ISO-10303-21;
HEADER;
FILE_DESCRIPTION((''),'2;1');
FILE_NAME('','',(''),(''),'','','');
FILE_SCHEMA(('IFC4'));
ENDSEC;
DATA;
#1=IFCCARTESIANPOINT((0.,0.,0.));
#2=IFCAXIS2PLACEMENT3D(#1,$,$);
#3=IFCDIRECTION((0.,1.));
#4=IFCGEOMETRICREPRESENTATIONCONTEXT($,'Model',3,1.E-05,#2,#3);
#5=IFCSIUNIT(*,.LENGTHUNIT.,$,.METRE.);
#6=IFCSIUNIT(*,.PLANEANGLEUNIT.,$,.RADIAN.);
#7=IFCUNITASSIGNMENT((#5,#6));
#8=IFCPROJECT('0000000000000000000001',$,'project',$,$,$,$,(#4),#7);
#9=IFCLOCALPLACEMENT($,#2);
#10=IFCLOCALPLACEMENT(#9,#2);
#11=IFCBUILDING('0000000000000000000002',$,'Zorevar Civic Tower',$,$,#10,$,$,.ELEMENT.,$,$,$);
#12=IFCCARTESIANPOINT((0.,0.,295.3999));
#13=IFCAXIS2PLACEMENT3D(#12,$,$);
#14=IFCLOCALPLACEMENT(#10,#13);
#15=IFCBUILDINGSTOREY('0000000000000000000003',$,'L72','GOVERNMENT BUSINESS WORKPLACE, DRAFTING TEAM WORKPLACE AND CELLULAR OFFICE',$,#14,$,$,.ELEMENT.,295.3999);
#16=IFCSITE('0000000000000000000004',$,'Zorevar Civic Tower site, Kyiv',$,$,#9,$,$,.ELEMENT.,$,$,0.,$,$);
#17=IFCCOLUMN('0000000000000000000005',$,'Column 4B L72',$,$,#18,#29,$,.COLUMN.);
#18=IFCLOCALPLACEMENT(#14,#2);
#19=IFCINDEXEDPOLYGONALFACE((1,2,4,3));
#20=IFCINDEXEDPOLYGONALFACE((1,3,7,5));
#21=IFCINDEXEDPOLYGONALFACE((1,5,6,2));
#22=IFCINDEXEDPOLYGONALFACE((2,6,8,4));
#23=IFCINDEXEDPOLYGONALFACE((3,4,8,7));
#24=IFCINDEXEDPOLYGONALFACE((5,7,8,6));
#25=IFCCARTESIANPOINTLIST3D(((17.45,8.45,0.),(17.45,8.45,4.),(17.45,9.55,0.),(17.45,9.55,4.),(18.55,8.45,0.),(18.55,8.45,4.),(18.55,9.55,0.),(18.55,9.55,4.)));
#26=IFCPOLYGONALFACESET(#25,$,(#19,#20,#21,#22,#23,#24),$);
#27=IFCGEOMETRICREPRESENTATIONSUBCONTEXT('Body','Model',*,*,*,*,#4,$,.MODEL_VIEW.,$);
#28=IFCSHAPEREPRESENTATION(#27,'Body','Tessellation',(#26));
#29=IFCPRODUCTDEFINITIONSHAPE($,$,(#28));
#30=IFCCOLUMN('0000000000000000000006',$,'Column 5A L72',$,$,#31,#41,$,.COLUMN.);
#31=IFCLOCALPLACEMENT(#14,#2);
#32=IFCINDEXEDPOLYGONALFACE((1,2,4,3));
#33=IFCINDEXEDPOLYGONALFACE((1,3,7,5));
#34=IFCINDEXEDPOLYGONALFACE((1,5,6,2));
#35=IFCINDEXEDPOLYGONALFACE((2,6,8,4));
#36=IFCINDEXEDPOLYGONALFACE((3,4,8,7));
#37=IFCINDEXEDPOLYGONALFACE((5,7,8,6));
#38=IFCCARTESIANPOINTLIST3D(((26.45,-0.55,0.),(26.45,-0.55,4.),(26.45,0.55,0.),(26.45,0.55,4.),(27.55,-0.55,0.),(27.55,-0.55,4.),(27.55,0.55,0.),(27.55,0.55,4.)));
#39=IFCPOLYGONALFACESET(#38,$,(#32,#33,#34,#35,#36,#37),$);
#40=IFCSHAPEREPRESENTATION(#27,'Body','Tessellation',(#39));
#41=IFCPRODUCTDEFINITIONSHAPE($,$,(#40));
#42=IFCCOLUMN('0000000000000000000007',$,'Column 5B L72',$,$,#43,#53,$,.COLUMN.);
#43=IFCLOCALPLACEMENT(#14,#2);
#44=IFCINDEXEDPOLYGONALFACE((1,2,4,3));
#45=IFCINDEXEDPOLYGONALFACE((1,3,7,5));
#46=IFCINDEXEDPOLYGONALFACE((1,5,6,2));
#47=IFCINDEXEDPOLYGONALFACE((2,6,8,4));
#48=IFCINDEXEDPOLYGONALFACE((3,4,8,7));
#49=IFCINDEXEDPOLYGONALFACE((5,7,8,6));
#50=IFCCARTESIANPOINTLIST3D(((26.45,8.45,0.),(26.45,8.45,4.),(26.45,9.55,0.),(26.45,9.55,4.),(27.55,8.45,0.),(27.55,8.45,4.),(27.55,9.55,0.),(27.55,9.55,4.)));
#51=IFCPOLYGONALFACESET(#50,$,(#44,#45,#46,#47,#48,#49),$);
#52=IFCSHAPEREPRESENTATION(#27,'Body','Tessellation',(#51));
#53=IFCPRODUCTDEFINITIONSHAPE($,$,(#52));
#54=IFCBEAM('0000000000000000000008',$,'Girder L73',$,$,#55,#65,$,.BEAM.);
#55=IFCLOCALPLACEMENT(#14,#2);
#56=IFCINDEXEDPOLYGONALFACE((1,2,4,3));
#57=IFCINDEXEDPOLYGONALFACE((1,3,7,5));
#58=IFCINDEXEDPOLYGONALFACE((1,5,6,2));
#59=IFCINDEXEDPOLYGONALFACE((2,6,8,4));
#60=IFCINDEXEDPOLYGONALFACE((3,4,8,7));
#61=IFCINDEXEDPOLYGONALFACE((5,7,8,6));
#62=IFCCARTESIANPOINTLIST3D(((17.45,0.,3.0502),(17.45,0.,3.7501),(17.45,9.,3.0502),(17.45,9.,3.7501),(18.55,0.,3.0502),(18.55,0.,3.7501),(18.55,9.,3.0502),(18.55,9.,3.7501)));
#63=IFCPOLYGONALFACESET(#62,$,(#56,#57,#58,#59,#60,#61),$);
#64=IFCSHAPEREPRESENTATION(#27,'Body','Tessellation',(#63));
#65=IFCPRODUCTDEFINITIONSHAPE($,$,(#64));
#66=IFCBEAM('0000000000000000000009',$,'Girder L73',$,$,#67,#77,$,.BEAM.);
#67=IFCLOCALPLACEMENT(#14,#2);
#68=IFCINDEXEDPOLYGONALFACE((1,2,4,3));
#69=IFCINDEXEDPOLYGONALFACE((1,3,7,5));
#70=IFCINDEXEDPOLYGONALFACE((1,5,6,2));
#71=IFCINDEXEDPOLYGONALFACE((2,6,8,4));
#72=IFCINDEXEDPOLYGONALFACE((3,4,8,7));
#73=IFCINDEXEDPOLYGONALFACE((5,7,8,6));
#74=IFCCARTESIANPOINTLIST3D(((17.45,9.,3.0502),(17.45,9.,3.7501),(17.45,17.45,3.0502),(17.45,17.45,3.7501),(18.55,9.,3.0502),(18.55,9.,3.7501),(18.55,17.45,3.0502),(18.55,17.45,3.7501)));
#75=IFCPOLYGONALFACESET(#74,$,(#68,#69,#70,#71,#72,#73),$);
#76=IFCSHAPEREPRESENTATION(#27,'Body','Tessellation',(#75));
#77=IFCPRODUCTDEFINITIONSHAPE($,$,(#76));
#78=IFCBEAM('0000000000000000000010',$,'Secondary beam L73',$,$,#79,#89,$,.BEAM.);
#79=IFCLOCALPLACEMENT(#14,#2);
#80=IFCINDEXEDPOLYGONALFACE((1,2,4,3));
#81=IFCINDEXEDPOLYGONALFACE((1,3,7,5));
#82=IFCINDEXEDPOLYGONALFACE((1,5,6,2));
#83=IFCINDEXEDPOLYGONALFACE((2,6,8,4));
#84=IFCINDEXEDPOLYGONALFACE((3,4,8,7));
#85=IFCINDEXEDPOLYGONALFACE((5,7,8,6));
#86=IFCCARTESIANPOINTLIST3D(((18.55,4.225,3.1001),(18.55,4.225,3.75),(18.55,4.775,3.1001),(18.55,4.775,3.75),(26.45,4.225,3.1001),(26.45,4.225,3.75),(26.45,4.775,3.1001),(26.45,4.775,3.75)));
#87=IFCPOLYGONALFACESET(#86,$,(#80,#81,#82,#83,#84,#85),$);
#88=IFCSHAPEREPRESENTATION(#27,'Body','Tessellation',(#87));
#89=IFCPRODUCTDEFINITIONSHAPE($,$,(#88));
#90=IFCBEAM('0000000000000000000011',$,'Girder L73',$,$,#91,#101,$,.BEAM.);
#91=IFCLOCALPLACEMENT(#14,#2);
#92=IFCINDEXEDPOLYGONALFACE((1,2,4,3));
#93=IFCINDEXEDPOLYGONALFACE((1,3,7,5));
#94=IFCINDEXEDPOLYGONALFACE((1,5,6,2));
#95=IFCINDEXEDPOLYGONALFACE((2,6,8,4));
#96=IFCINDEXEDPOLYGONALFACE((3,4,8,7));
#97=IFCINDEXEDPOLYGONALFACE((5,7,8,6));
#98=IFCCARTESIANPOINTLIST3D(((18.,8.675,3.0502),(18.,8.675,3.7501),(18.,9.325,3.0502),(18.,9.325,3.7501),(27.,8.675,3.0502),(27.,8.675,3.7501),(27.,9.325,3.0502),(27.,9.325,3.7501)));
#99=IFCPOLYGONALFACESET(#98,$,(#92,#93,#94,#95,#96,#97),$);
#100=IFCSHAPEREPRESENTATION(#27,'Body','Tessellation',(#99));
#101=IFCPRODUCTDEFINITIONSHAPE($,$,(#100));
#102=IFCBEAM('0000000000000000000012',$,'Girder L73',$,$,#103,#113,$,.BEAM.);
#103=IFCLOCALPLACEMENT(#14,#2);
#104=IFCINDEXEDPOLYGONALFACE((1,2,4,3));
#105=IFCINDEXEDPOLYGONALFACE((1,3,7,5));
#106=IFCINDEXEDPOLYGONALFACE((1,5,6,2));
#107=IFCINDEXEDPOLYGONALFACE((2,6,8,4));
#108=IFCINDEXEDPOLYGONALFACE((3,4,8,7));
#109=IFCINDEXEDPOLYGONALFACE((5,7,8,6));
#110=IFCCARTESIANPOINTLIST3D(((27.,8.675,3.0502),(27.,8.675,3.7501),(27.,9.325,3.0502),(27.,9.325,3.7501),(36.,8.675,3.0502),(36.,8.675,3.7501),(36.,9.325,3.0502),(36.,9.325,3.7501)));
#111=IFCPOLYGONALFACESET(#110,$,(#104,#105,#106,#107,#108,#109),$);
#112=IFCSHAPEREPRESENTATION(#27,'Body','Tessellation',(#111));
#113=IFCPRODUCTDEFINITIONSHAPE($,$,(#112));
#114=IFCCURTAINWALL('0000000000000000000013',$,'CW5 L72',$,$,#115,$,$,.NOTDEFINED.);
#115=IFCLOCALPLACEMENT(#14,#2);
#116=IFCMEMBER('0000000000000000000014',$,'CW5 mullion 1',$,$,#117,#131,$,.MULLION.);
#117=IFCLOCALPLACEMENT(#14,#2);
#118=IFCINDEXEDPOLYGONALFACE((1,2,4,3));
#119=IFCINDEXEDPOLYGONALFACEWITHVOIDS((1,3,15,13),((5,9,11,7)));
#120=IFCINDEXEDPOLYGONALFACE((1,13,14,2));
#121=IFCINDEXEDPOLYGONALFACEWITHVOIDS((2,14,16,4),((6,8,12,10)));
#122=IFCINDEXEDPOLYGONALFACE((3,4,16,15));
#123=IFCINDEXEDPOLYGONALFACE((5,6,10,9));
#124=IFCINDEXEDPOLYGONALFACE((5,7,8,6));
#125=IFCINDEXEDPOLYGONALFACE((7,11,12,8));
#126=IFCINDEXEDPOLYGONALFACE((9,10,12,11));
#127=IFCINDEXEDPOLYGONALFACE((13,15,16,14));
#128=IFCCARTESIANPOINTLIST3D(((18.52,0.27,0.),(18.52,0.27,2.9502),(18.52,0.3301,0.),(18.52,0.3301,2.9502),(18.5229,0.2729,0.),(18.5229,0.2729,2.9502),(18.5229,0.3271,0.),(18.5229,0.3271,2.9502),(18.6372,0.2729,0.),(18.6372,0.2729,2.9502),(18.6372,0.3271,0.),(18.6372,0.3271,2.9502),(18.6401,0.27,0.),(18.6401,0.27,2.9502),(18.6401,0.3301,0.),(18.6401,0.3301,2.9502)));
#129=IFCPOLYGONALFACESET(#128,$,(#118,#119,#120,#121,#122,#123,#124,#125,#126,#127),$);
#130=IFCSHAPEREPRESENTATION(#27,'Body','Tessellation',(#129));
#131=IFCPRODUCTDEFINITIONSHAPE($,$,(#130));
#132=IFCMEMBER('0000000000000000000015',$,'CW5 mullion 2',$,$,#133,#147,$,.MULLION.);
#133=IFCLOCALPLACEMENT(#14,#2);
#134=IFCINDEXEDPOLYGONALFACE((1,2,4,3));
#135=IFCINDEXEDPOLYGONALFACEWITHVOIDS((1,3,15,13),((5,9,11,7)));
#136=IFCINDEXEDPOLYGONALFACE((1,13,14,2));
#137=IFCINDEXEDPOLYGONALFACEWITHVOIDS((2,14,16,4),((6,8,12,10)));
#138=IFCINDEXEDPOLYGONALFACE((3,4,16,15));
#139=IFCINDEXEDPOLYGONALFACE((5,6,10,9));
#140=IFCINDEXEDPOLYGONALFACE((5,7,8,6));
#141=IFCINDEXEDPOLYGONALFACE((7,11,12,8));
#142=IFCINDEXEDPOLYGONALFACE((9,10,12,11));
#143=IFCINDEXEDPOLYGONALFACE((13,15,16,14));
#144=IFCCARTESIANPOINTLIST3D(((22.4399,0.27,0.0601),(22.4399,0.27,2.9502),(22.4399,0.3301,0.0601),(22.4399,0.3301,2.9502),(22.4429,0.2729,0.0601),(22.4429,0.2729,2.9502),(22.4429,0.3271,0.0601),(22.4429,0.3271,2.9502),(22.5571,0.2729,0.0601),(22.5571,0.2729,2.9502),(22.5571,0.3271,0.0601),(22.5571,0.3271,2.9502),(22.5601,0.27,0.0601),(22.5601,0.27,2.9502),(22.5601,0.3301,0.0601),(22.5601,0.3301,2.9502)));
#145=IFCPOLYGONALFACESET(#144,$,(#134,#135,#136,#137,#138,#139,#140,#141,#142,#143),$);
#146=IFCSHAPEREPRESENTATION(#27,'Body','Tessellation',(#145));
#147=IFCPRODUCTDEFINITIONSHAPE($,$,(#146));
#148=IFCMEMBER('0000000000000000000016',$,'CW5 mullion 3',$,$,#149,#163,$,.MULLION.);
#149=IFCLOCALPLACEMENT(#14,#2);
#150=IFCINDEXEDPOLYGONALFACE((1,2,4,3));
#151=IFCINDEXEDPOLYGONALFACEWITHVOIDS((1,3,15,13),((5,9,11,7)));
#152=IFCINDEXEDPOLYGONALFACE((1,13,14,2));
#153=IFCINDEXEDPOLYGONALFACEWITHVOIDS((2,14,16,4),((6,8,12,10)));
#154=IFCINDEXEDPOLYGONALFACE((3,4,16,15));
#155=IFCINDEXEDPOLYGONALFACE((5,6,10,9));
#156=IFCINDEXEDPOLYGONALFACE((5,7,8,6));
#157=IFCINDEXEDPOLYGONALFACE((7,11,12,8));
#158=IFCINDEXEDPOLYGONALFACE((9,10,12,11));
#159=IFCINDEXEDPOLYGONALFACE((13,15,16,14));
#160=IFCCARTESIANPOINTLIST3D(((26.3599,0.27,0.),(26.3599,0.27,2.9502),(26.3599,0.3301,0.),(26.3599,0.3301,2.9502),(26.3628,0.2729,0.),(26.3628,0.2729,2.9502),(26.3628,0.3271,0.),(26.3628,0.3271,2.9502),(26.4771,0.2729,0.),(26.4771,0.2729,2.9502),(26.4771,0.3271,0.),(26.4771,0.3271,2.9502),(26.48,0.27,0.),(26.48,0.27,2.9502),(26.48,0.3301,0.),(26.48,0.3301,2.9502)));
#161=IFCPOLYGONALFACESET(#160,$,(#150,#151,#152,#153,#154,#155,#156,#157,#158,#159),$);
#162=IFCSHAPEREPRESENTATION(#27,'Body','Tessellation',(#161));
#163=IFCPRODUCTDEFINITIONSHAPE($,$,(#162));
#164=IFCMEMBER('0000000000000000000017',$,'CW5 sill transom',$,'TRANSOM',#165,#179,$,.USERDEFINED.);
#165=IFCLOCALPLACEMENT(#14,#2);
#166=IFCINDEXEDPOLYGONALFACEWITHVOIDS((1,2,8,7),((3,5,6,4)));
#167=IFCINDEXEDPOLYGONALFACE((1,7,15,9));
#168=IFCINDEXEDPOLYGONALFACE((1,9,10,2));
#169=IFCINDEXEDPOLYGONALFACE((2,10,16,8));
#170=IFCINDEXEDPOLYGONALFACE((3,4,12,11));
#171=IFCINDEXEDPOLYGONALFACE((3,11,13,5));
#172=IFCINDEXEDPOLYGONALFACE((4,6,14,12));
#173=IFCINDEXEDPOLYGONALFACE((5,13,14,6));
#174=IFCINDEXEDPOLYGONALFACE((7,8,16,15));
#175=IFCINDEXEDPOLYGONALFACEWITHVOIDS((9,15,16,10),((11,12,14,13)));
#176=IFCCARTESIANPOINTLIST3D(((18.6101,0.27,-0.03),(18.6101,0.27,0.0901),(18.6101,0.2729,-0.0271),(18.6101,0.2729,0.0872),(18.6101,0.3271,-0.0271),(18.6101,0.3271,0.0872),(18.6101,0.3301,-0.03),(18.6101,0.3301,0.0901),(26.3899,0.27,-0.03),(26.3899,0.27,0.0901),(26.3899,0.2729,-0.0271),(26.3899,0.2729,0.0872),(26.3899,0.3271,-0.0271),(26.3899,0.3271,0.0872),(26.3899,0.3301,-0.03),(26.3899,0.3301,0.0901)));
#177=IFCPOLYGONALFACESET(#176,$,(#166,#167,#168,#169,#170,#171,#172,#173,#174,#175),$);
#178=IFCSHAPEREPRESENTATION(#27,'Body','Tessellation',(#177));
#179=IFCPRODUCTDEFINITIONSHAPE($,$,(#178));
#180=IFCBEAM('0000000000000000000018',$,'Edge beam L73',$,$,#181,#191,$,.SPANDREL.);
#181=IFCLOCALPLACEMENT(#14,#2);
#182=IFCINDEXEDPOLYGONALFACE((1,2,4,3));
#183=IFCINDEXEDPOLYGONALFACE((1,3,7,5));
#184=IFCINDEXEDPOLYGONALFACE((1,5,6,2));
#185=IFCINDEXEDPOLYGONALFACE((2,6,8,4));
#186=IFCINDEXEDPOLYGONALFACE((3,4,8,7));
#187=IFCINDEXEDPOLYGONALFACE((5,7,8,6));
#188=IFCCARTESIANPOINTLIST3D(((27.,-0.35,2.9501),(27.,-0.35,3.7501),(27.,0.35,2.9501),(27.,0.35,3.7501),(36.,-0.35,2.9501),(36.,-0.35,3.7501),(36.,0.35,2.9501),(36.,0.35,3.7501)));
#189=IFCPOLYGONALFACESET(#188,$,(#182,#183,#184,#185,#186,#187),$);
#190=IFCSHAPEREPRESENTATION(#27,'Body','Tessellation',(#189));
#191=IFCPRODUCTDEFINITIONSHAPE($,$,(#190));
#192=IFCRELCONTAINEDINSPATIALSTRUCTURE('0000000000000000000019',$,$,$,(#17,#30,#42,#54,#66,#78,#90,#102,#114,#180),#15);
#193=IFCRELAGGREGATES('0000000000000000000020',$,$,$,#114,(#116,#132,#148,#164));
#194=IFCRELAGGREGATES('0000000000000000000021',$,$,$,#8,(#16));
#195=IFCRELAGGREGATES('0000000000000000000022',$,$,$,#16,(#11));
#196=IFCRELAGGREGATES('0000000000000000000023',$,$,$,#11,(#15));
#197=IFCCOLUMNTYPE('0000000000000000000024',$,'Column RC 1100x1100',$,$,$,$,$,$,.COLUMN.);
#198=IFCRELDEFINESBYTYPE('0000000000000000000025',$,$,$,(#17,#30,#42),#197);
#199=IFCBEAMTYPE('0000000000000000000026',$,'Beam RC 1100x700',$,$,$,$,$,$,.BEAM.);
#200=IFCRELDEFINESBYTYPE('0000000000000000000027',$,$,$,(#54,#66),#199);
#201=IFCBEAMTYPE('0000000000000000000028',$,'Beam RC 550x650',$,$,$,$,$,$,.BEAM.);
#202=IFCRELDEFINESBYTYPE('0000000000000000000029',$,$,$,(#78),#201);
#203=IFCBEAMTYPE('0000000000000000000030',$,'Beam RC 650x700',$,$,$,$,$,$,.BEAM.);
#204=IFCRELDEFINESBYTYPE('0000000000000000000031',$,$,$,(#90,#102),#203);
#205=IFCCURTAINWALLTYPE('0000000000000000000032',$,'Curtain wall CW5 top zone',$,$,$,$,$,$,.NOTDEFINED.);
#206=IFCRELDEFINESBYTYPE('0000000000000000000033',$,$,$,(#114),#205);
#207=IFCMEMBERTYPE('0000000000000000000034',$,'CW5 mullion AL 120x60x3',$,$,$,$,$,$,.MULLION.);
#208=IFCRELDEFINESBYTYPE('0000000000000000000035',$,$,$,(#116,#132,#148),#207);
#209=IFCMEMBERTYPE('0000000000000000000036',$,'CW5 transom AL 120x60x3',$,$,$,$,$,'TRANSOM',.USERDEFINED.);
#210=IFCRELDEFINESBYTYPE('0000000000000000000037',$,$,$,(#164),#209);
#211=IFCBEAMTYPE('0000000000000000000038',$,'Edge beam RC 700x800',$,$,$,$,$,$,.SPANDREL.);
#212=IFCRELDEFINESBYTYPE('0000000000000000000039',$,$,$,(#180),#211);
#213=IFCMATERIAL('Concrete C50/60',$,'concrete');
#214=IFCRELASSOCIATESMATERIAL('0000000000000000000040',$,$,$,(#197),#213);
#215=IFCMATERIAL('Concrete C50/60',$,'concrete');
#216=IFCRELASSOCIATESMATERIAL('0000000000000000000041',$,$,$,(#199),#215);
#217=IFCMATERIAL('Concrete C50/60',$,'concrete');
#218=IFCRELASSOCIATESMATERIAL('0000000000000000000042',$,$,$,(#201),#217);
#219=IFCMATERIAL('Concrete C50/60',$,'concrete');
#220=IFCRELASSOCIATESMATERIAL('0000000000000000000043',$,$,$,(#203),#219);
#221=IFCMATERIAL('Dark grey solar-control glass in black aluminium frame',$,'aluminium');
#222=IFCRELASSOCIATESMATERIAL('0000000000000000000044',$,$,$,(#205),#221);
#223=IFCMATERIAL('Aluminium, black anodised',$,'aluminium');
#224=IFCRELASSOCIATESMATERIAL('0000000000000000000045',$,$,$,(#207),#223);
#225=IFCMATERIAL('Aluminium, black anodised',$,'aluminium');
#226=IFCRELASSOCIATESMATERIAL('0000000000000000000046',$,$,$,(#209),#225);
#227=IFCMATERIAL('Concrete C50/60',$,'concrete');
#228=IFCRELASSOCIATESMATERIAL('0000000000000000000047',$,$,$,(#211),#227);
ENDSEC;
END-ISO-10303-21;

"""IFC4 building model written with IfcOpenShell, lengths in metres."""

from ifc_helpers import new_model, si_unit, direction, frame, origin, origin_2d, place, context, subcontext, project, spatial, rectangle, hollow_rectangle, extrude, material, material_profile, profile_set, type_object, element, aggregate, save


model = new_model("IFC4")

# Units and contexts
model_context = context("Model", 3, precision=1e-05, world=origin(), true_north=direction((0.0, 1.0)))
body_context = subcontext(model_context, "Body", "Model", "MODEL_VIEW")
ifc_project = project(units=[si_unit("LENGTHUNIT", "METRE"), si_unit("PLANEANGLEUNIT", "RADIAN")], contexts=[model_context])

# Site, building, storey
site_placement = place(None, origin())
site = spatial("IfcSite", under=ifc_project, at=site_placement, Name="Zorevar Civic Tower site, Kyiv", CompositionType="ELEMENT", RefElevation=0.0)
building_placement = place(site_placement, origin())
building = spatial("IfcBuilding", under=site, at=building_placement, Name="Zorevar Civic Tower", CompositionType="ELEMENT")
storey_placement = place(building_placement, frame((0.0, 0.0, 295.3999)))
storey = spatial("IfcBuildingStorey", under=building, at=storey_placement, Name="L72", Description="GOVERNMENT BUSINESS WORKPLACE, DRAFTING TEAM WORKPLACE AND CELLULAR OFFICE", CompositionType="ELEMENT", Elevation=295.3999)

# Columns
ifc_material_1 = material(Name="Concrete C50/60", Category="concrete")
ifc_material_profile_1 = material_profile(ifc_material_1, rectangle(XDim=1.1001, YDim=1.1001, at=origin_2d()), Name="RC 1100x1100")
ifc_profile_set_1 = profile_set([ifc_material_profile_1], Name="Concrete C50/60")
column_type = type_object("IfcColumnType", Name="Column RC 1100x1100", PredefinedType="COLUMN", material=ifc_profile_set_1)
for number, where, z_axis, x_axis, name in (
    (1, (18.0, 9.0, 0.0), (0.0, 0.0, 1.0), (1.0, 0.0, 0.0), "Column 4B L72"),
    (2, (27.0, 0.0, 0.0), (0.0, 0.0, 1.0), (1.0, 0.0, 0.0), "Column 5A L72"),
    (3, (27.0, 9.0, 0.0), (0.0, 0.0, 1.0), (1.0, 0.0, 0.0), "Column 5B L72"),
):
    element("IfcColumn", number, at=place(storey_placement, frame(where, z_axis=z_axis, x_axis=x_axis)), inside=storey, type_object=column_type, Name=name, PredefinedType="COLUMN", context=body_context, shape_type="SweptSolid", body=[
        extrude(rectangle(XDim=1.1001, YDim=1.1001, at=origin_2d()), origin(), (0.0, 0.0, 1.0), 4.0),
    ])

# Beams
ifc_material_2 = material(Name="Concrete C50/60", Category="concrete")
ifc_material_profile_2 = material_profile(ifc_material_2, rectangle(XDim=1.1001, YDim=0.7, at=origin_2d()), Name="RC 1100x700")
ifc_profile_set_2 = profile_set([ifc_material_profile_2], Name="Concrete C50/60")
beam_type_1 = type_object("IfcBeamType", Name="Beam RC 1100x700", PredefinedType="BEAM", material=ifc_profile_set_2)
beam_1_placement = place(storey_placement, frame((18.0, 0.0, 3.4001), z_axis=(0.0, 1.0, 0.0), x_axis=(-1.0, 0.0, 0.0)))
element("IfcBeam", 4, at=beam_1_placement, inside=storey, type_object=beam_type_1, Name="Girder L73", PredefinedType="BEAM", context=body_context, shape_type="SweptSolid", body=[
    extrude(rectangle(XDim=1.1001, YDim=0.7, at=origin_2d()), origin(), (0.0, 0.0, 1.0), 9.0),
])
beam_2_placement = place(storey_placement, frame((18.0, 9.0, 3.4001), z_axis=(0.0, 1.0, 0.0), x_axis=(-1.0, 0.0, 0.0)))
element("IfcBeam", 5, at=beam_2_placement, inside=storey, type_object=beam_type_1, Name="Girder L73", PredefinedType="BEAM", context=body_context, shape_type="SweptSolid", body=[
    extrude(rectangle(XDim=1.1001, YDim=0.7, at=origin_2d()), origin(), (0.0, 0.0, 1.0), 8.45),
])
ifc_material_3 = material(Name="Concrete C50/60", Category="concrete")
ifc_material_profile_3 = material_profile(ifc_material_3, rectangle(XDim=0.55, YDim=0.6499, at=origin_2d()), Name="RC 550x650")
ifc_profile_set_3 = profile_set([ifc_material_profile_3], Name="Concrete C50/60")
beam_type_2 = type_object("IfcBeamType", Name="Beam RC 550x650", PredefinedType="BEAM", material=ifc_profile_set_3)
beam_3_placement = place(storey_placement, frame((18.55, 4.5, 3.425), z_axis=(1.0, 0.0, 0.0), x_axis=(0.0, 1.0, 0.0)))
element("IfcBeam", 6, at=beam_3_placement, inside=storey, type_object=beam_type_2, Name="Secondary beam L73", PredefinedType="BEAM", context=body_context, shape_type="SweptSolid", body=[
    extrude(rectangle(XDim=0.55, YDim=0.6499, at=origin_2d()), origin(), (0.0, 0.0, 1.0), 7.8999),
])
ifc_material_4 = material(Name="Concrete C50/60", Category="concrete")
ifc_material_profile_4 = material_profile(ifc_material_4, rectangle(XDim=0.6499, YDim=0.7, at=origin_2d()), Name="RC 650x700")
ifc_profile_set_4 = profile_set([ifc_material_profile_4], Name="Concrete C50/60")
beam_type_3 = type_object("IfcBeamType", Name="Beam RC 650x700", PredefinedType="BEAM", material=ifc_profile_set_4)
for number, where, z_axis, x_axis, name in (
    (7, (18.0, 9.0, 3.4001), (1.0, 0.0, 0.0), (0.0, 1.0, 0.0), "Girder L73"),
    (8, (27.0, 9.0, 3.4001), (1.0, 0.0, 0.0), (0.0, 1.0, 0.0), "Girder L73"),
):
    element("IfcBeam", number, at=place(storey_placement, frame(where, z_axis=z_axis, x_axis=x_axis)), inside=storey, type_object=beam_type_3, Name=name, PredefinedType="BEAM", context=body_context, shape_type="SweptSolid", body=[
        extrude(rectangle(XDim=0.6499, YDim=0.7, at=origin_2d()), origin(), (0.0, 0.0, 1.0), 9.0),
    ])

# Curtain wall, members
ifc_material_5 = material(Name="Dark grey solar-control glass in black aluminium frame", Category="aluminium")
curtain_wall_type = type_object("IfcCurtainWallType", Name="Curtain wall CW5 top zone", PredefinedType="NOTDEFINED", material=ifc_material_5)
curtain_wall_placement = place(storey_placement, origin())
curtain_wall = element("IfcCurtainWall", 9, at=curtain_wall_placement, inside=storey, type_object=curtain_wall_type, Name="CW5 L72", PredefinedType="NOTDEFINED")
ifc_material_6 = material(Name="Aluminium, black anodised", Category="aluminium")
ifc_material_profile_5 = material_profile(ifc_material_6, hollow_rectangle(XDim=0.0601, YDim=0.1201, WallThickness=0.0029, at=origin_2d()), Name="AL 120x60x3")
ifc_profile_set_5 = profile_set([ifc_material_profile_5], Name="Aluminium, black anodised")
member_type_1 = type_object("IfcMemberType", Name="CW5 mullion AL 120x60x3", PredefinedType="MULLION", material=ifc_profile_set_5)
member_1_placement = place(storey_placement, frame((18.5801, 0.3, 0.0), z_axis=(0.0, 0.0, 1.0), x_axis=(0.0, 1.0, 0.0)))
member_1 = element("IfcMember", 10, at=member_1_placement, type_object=member_type_1, Name="CW5 mullion 1", PredefinedType="MULLION", context=body_context, shape_type="SweptSolid", body=[
    extrude(hollow_rectangle(XDim=0.0601, YDim=0.1201, WallThickness=0.0029, at=origin_2d()), origin(), (0.0, 0.0, 1.0), 2.9502),
])
member_2_placement = place(storey_placement, frame((22.5, 0.3, 0.0601), z_axis=(0.0, 0.0, 1.0), x_axis=(0.0, 1.0, 0.0)))
member_2 = element("IfcMember", 11, at=member_2_placement, type_object=member_type_1, Name="CW5 mullion 2", PredefinedType="MULLION", context=body_context, shape_type="SweptSolid", body=[
    extrude(hollow_rectangle(XDim=0.0601, YDim=0.1201, WallThickness=0.0029, at=origin_2d()), origin(), (0.0, 0.0, 1.0), 2.8901),
])
member_3_placement = place(storey_placement, frame((26.4199, 0.3, 0.0), z_axis=(0.0, 0.0, 1.0), x_axis=(0.0, 1.0, 0.0)))
member_3 = element("IfcMember", 12, at=member_3_placement, type_object=member_type_1, Name="CW5 mullion 3", PredefinedType="MULLION", context=body_context, shape_type="SweptSolid", body=[
    extrude(hollow_rectangle(XDim=0.0601, YDim=0.1201, WallThickness=0.0029, at=origin_2d()), origin(), (0.0, 0.0, 1.0), 2.9502),
])
ifc_material_7 = material(Name="Aluminium, black anodised", Category="aluminium")
ifc_material_profile_6 = material_profile(ifc_material_7, hollow_rectangle(XDim=0.0601, YDim=0.1201, WallThickness=0.0029, at=origin_2d()), Name="AL 120x60x3")
ifc_profile_set_6 = profile_set([ifc_material_profile_6], Name="Aluminium, black anodised")
member_type_2 = type_object("IfcMemberType", Name="CW5 transom AL 120x60x3", ElementType="TRANSOM", PredefinedType="USERDEFINED", material=ifc_profile_set_6)
member_4_placement = place(storey_placement, frame((18.6101, 0.3, 0.03), z_axis=(1.0, 0.0, 0.0), x_axis=(0.0, 1.0, 0.0)))
member_4 = element("IfcMember", 13, at=member_4_placement, type_object=member_type_2, Name="CW5 sill transom", ObjectType="TRANSOM", PredefinedType="USERDEFINED", context=body_context, shape_type="SweptSolid", body=[
    extrude(hollow_rectangle(XDim=0.0601, YDim=0.1201, WallThickness=0.0029, at=origin_2d()), origin(), (0.0, 0.0, 1.0), 7.7798),
])

# Beam
ifc_material_8 = material(Name="Concrete C50/60", Category="concrete")
ifc_material_profile_7 = material_profile(ifc_material_8, rectangle(XDim=0.7, YDim=0.8, at=origin_2d()), Name="RC 700x800")
ifc_profile_set_7 = profile_set([ifc_material_profile_7], Name="Concrete C50/60")
beam_type_4 = type_object("IfcBeamType", Name="Edge beam RC 700x800", PredefinedType="SPANDREL", material=ifc_profile_set_7)
beam_4_placement = place(storey_placement, frame((27.0, 0.0, 3.3501), z_axis=(1.0, 0.0, 0.0), x_axis=(0.0, 1.0, 0.0)))
element("IfcBeam", 14, at=beam_4_placement, inside=storey, type_object=beam_type_4, Name="Edge beam L73", PredefinedType="SPANDREL", context=body_context, shape_type="SweptSolid", body=[
    extrude(rectangle(XDim=0.7, YDim=0.8, at=origin_2d()), origin(), (0.0, 0.0, 1.0), 9.0),
])

aggregate(curtain_wall, [member_1, member_2, member_3, member_4])

save(model, "model.ifc")
